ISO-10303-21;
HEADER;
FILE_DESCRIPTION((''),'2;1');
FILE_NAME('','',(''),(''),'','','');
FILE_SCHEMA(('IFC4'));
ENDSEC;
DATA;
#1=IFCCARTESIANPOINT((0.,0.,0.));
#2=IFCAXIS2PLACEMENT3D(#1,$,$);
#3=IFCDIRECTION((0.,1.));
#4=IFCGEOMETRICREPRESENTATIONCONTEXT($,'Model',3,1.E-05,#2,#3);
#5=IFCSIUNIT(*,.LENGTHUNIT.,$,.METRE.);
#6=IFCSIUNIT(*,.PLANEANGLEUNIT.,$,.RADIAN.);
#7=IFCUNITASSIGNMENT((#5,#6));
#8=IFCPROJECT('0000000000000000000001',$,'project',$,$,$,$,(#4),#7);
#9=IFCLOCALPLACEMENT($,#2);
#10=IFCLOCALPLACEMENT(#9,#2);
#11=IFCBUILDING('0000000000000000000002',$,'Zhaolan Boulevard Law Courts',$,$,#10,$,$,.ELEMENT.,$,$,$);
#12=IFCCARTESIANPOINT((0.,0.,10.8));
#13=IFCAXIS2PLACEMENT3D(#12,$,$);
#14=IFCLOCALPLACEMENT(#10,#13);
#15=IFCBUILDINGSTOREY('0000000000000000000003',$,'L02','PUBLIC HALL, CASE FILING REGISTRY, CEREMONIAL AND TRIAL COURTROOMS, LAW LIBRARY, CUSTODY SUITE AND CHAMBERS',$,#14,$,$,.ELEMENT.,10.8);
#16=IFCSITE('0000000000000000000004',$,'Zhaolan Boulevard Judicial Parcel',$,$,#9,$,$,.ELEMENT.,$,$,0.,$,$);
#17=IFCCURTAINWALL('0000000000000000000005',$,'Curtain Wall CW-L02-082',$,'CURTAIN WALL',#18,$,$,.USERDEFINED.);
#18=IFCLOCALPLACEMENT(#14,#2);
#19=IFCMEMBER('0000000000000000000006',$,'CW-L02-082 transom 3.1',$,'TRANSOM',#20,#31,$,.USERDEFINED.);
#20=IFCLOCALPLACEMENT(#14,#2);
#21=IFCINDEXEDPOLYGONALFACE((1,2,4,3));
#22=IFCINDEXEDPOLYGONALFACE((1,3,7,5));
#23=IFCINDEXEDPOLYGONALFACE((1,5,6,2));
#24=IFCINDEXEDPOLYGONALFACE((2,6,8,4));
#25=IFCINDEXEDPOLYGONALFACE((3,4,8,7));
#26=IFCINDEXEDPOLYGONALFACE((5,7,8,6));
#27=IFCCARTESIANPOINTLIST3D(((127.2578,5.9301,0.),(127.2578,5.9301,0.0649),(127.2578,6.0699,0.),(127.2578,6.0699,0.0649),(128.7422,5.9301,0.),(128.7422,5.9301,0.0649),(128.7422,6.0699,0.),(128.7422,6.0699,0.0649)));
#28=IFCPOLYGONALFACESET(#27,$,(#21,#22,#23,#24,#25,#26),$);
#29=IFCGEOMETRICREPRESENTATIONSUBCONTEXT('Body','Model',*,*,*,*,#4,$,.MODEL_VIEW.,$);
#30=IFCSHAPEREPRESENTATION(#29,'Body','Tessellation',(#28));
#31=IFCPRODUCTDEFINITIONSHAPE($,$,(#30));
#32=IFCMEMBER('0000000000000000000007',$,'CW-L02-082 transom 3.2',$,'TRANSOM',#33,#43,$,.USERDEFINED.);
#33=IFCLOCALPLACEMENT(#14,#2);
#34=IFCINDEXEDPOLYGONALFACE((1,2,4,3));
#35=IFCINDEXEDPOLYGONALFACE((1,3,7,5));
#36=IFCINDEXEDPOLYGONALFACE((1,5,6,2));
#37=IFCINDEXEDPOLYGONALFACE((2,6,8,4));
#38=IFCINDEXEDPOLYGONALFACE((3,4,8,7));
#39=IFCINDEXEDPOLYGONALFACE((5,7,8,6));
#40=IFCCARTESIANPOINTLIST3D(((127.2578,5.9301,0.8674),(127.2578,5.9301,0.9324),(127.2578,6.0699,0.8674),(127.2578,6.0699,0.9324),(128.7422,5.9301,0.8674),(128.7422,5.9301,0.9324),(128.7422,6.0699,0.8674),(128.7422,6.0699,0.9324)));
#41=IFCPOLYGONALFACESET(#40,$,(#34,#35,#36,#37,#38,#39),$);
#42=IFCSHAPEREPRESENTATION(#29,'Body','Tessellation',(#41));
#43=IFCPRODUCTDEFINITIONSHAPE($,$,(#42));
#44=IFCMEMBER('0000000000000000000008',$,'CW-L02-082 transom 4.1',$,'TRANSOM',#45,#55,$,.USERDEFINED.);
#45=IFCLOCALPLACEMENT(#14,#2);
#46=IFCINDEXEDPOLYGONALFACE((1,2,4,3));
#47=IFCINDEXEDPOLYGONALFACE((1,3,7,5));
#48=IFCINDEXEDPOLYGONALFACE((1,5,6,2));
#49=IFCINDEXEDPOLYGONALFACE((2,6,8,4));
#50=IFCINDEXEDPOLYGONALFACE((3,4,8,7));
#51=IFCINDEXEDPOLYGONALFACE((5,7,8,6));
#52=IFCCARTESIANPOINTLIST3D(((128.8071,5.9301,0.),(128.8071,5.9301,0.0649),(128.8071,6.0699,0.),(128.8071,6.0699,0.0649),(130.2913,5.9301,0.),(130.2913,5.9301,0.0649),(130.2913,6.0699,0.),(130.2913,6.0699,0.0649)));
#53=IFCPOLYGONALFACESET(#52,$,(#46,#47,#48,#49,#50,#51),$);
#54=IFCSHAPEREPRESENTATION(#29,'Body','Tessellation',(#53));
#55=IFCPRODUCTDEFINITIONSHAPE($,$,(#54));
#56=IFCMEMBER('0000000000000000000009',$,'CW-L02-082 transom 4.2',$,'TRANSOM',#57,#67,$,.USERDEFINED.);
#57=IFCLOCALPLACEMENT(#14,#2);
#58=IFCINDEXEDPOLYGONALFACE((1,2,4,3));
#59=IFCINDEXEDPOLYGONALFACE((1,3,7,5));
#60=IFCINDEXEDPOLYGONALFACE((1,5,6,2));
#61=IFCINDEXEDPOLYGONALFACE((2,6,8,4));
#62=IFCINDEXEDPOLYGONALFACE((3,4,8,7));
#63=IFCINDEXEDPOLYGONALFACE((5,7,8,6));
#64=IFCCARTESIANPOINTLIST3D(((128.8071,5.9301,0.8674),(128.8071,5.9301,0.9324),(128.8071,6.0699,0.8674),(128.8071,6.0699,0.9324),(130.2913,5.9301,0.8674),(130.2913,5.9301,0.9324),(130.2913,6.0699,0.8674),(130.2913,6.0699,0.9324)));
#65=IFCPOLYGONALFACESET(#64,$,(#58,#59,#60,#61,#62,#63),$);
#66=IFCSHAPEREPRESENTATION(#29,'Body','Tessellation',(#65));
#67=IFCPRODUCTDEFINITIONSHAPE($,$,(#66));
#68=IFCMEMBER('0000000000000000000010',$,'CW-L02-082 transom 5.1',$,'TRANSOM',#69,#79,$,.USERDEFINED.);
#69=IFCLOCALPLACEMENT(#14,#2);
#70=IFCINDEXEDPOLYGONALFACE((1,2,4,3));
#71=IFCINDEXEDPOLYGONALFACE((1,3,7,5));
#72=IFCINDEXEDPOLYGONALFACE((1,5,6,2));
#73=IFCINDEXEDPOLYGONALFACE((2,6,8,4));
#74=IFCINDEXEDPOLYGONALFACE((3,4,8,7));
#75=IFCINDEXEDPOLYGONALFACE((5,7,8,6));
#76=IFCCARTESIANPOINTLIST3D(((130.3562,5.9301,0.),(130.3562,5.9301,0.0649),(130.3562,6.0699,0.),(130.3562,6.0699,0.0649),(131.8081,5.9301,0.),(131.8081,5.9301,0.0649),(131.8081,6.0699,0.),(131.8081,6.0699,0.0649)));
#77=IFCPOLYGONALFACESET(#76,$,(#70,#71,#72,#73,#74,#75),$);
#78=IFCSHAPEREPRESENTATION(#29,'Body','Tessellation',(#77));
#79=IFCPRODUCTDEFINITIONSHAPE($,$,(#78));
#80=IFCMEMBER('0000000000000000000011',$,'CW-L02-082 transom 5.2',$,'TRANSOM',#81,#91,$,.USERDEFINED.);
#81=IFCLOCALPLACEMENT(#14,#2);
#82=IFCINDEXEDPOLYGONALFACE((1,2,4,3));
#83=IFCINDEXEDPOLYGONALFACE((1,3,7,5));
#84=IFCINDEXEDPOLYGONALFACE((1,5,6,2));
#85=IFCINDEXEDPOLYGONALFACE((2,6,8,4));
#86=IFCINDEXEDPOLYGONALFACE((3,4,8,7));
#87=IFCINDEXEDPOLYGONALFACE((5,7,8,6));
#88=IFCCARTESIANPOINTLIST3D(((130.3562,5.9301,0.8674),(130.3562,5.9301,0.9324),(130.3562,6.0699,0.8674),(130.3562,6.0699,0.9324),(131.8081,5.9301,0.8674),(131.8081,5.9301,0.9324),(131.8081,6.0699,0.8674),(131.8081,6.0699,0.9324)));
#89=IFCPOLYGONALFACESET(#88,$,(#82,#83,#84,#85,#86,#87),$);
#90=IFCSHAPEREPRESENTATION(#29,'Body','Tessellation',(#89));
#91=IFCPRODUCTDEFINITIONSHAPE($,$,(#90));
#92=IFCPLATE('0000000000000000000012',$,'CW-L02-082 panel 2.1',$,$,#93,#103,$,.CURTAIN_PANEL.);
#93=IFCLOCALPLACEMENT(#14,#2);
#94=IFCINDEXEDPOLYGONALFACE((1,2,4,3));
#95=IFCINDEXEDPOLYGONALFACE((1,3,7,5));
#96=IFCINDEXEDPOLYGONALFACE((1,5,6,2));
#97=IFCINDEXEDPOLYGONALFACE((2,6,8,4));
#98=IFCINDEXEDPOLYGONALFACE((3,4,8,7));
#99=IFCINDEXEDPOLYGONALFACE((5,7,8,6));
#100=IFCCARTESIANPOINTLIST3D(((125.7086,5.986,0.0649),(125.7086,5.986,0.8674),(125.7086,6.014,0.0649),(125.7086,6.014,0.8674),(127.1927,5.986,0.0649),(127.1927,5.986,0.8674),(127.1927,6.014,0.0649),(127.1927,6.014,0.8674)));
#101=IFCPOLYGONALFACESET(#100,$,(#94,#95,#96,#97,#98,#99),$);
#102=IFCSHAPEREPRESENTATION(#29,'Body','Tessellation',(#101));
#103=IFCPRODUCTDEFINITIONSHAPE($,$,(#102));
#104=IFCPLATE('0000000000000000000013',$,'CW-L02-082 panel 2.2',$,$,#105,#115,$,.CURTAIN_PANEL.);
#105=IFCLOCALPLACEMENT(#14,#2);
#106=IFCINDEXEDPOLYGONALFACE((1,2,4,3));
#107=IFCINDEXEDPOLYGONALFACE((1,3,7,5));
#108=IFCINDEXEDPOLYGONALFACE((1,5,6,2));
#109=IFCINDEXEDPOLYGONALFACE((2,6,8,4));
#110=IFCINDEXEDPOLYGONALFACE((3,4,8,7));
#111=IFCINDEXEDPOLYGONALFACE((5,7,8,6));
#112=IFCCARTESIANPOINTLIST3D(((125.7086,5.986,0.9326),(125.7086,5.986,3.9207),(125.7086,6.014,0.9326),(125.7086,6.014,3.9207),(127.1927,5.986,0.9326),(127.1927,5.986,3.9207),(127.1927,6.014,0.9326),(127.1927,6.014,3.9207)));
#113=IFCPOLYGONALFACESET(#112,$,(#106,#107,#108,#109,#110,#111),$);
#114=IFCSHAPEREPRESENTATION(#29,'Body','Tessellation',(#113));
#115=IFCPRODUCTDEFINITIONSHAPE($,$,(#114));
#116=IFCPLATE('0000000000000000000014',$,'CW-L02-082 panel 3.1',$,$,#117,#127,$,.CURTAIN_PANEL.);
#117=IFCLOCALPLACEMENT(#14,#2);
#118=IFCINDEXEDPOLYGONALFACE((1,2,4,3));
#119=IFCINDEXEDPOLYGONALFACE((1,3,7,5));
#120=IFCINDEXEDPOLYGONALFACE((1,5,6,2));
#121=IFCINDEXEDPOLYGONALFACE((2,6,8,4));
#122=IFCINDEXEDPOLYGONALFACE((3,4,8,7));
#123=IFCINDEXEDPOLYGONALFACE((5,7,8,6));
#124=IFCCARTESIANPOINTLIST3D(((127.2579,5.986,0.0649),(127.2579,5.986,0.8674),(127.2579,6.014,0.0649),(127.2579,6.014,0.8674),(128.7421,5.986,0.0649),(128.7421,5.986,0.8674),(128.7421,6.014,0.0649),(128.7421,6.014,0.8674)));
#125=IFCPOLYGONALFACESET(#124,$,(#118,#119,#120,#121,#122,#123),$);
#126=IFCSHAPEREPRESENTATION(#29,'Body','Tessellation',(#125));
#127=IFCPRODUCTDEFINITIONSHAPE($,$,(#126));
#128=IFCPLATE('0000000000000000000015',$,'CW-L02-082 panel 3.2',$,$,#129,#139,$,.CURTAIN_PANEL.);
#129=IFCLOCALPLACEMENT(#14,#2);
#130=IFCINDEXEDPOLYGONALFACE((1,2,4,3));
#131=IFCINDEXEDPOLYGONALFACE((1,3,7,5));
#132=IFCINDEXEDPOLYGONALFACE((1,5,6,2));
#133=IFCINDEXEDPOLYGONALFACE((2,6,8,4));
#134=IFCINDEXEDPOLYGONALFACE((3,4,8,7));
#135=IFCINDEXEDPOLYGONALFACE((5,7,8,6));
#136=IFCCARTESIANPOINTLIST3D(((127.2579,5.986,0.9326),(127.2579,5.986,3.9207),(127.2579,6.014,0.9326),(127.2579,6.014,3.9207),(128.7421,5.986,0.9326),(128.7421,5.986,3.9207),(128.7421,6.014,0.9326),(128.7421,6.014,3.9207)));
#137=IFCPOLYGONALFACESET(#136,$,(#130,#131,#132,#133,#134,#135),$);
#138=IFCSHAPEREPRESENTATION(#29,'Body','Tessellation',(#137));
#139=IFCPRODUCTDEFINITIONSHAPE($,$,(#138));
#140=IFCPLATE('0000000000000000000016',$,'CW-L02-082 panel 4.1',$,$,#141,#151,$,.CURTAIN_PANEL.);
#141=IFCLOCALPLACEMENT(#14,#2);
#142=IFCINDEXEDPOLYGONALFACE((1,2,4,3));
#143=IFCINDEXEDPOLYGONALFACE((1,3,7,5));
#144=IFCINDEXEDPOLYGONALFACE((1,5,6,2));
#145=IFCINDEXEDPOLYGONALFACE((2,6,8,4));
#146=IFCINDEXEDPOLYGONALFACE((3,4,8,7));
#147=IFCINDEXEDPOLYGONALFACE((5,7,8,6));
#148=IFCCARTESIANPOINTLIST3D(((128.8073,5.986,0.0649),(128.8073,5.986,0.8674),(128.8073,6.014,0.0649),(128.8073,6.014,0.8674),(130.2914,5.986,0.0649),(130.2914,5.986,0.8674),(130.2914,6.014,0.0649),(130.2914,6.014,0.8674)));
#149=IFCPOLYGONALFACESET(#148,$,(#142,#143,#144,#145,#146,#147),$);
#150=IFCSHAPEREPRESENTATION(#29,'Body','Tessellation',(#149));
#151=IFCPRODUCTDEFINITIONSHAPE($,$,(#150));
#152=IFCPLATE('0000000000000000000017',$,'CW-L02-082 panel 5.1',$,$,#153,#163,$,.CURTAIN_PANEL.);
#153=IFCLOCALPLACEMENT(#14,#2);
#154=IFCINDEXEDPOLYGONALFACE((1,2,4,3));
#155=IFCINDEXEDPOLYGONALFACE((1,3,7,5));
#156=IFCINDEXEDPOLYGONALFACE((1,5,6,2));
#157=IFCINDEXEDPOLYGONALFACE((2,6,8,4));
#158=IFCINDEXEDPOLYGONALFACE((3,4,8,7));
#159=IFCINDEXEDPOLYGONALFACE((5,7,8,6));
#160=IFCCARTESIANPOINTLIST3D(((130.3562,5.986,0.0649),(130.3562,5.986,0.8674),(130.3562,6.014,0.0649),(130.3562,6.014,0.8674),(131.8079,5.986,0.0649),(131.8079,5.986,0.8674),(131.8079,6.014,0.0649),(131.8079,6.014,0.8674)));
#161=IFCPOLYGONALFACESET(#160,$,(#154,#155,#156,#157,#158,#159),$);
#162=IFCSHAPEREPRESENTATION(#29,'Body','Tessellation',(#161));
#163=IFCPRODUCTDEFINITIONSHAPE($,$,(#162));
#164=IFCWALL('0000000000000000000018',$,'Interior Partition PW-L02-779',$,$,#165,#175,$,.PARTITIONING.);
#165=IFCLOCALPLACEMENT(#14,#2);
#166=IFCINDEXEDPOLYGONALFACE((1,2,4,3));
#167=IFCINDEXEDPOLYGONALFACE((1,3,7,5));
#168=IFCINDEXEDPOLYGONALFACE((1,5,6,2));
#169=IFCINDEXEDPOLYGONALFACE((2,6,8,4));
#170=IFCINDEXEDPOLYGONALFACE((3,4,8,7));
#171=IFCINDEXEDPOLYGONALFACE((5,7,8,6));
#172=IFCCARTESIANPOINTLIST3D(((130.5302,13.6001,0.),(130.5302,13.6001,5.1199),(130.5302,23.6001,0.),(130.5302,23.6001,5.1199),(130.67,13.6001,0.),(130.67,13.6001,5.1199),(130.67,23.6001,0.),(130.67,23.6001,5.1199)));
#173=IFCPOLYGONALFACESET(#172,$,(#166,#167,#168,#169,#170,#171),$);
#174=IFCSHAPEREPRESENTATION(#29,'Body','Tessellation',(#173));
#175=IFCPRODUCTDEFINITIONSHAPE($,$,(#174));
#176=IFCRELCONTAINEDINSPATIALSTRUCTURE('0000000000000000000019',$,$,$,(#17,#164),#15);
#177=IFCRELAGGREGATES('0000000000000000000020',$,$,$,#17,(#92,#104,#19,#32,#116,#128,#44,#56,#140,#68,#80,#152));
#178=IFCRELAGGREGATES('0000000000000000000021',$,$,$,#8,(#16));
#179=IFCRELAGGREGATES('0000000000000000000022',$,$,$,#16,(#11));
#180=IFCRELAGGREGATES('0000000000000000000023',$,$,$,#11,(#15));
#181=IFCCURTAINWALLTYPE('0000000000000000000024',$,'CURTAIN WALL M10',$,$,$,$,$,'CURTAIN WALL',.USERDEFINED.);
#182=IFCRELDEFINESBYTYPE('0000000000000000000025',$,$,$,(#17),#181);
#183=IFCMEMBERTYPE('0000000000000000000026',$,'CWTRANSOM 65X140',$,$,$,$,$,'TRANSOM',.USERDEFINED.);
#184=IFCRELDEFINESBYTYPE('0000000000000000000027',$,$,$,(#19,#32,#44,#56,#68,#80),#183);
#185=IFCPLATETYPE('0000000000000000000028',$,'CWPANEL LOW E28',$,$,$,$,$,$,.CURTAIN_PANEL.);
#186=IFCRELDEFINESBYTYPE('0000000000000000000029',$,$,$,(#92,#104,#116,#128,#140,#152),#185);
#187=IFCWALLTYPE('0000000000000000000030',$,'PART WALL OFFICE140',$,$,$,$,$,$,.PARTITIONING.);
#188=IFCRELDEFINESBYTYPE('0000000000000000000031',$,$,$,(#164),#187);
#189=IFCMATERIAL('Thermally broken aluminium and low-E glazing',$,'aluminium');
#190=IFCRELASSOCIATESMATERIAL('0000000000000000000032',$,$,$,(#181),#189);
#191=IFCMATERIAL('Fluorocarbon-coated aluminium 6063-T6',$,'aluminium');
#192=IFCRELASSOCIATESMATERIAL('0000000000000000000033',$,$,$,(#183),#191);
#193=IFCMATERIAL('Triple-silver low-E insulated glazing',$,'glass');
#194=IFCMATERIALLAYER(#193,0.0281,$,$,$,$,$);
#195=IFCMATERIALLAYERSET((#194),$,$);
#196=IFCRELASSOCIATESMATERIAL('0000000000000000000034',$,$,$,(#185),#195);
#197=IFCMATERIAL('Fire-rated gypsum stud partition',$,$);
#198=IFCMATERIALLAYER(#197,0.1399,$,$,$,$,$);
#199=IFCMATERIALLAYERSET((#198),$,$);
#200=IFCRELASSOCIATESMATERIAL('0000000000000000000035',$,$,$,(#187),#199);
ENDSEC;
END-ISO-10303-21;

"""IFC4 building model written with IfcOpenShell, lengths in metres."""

from ifc_helpers import new_model, si_unit, direction, frame, frame_2d, origin, origin_2d, place, context, subcontext, project, spatial, rectangle, extrude, material, layer, layer_set, material_profile, profile_set, type_object, element, aggregate, save


model = new_model("IFC4")

# Units and contexts
model_context = context("Model", 3, precision=1e-05, world=origin(), true_north=direction((0.0, 1.0)))
body_context = subcontext(model_context, "Body", "Model", "MODEL_VIEW")
ifc_project = project(units=[si_unit("LENGTHUNIT", "METRE"), si_unit("PLANEANGLEUNIT", "RADIAN")], contexts=[model_context])

# Site, building, storey
site_placement = place(None, origin())
site = spatial("IfcSite", under=ifc_project, at=site_placement, Name="Zhaolan Boulevard Judicial Parcel", CompositionType="ELEMENT", RefElevation=0.0)
building_placement = place(site_placement, origin())
building = spatial("IfcBuilding", under=site, at=building_placement, Name="Zhaolan Boulevard Law Courts", CompositionType="ELEMENT")
storey_placement = place(building_placement, frame((0.0, 0.0, 10.8)))
storey = spatial("IfcBuildingStorey", under=building, at=storey_placement, Name="L02", Description="PUBLIC HALL, CASE FILING REGISTRY, CEREMONIAL AND TRIAL COURTROOMS, LAW LIBRARY, CUSTODY SUITE AND CHAMBERS", CompositionType="ELEMENT", Elevation=10.8)

# Curtain wall, members, plates
ifc_material_1 = material(Name="Thermally broken aluminium and low-E glazing", Category="aluminium")
curtain_wall_type = type_object("IfcCurtainWallType", Name="CURTAIN WALL M10", ElementType="CURTAIN WALL", PredefinedType="USERDEFINED", material=ifc_material_1)
curtain_wall_placement = place(storey_placement, origin())
curtain_wall = element("IfcCurtainWall", 1, at=curtain_wall_placement, inside=storey, type_object=curtain_wall_type, Name="Curtain Wall CW-L02-082", ObjectType="CURTAIN WALL", PredefinedType="USERDEFINED")
ifc_material_2 = material(Name="Fluorocarbon-coated aluminium 6063-T6", Category="aluminium")
ifc_material_profile_1 = material_profile(ifc_material_2, rectangle(XDim=0.1399, YDim=0.0649, at=origin_2d()), Name="AL65x140")
ifc_profile_set_1 = profile_set([ifc_material_profile_1], Name="Fluorocarbon-coated aluminium 6063-T6")
member_type_1 = type_object("IfcMemberType", Name="CWTRANSOM 65X140", ElementType="TRANSOM", PredefinedType="USERDEFINED", material=ifc_profile_set_1)
member_1_placement = place(storey_placement, frame((127.2578, 6.0, 0.0325), z_axis=(1.0, 0.0, 0.0), x_axis=(0.0, 1.0, 0.0)))
member_1 = element("IfcMember", 2, at=member_1_placement, type_object=member_type_1, Name="CW-L02-082 transom 3.1", ObjectType="TRANSOM", PredefinedType="USERDEFINED", context=body_context, shape_type="SweptSolid", body=[
    extrude(rectangle(XDim=0.1399, YDim=0.0649, at=origin_2d()), origin(), (0.0, 0.0, 1.0), 1.4844),
])
member_2_placement = place(storey_placement, frame((127.2578, 6.0, 0.8999), z_axis=(1.0, 0.0, 0.0), x_axis=(0.0, 1.0, 0.0)))
member_2 = element("IfcMember", 3, at=member_2_placement, type_object=member_type_1, Name="CW-L02-082 transom 3.2", ObjectType="TRANSOM", PredefinedType="USERDEFINED", context=body_context, shape_type="SweptSolid", body=[
    extrude(rectangle(XDim=0.1399, YDim=0.0649, at=origin_2d()), origin(), (0.0, 0.0, 1.0), 1.4844),
])
member_3_placement = place(storey_placement, frame((128.8071, 6.0, 0.0325), z_axis=(1.0, 0.0, 0.0), x_axis=(0.0, 1.0, 0.0)))
member_3 = element("IfcMember", 4, at=member_3_placement, type_object=member_type_1, Name="CW-L02-082 transom 4.1", ObjectType="TRANSOM", PredefinedType="USERDEFINED", context=body_context, shape_type="SweptSolid", body=[
    extrude(rectangle(XDim=0.1399, YDim=0.0649, at=origin_2d()), origin(), (0.0, 0.0, 1.0), 1.4841),
])
member_4_placement = place(storey_placement, frame((128.8071, 6.0, 0.8999), z_axis=(1.0, 0.0, 0.0), x_axis=(0.0, 1.0, 0.0)))
member_4 = element("IfcMember", 5, at=member_4_placement, type_object=member_type_1, Name="CW-L02-082 transom 4.2", ObjectType="TRANSOM", PredefinedType="USERDEFINED", context=body_context, shape_type="SweptSolid", body=[
    extrude(rectangle(XDim=0.1399, YDim=0.0649, at=origin_2d()), origin(), (0.0, 0.0, 1.0), 1.4841),
])
member_5_placement = place(storey_placement, frame((130.3562, 6.0, 0.0325), z_axis=(1.0, 0.0, 0.0), x_axis=(0.0, 1.0, 0.0)))
member_5 = element("IfcMember", 6, at=member_5_placement, type_object=member_type_1, Name="CW-L02-082 transom 5.1", ObjectType="TRANSOM", PredefinedType="USERDEFINED", context=body_context, shape_type="SweptSolid", body=[
    extrude(rectangle(XDim=0.1399, YDim=0.0649, at=origin_2d()), origin(), (0.0, 0.0, 1.0), 1.4519),
])
member_6_placement = place(storey_placement, frame((130.3562, 6.0, 0.8999), z_axis=(1.0, 0.0, 0.0), x_axis=(0.0, 1.0, 0.0)))
member_6 = element("IfcMember", 7, at=member_6_placement, type_object=member_type_1, Name="CW-L02-082 transom 5.2", ObjectType="TRANSOM", PredefinedType="USERDEFINED", context=body_context, shape_type="SweptSolid", body=[
    extrude(rectangle(XDim=0.1399, YDim=0.0649, at=origin_2d()), origin(), (0.0, 0.0, 1.0), 1.4519),
])
ifc_material_3 = material(Name="Triple-silver low-E insulated glazing", Category="glass")
ifc_layer_1 = layer(ifc_material_3, 0.0281)
ifc_layer_set_1 = layer_set([ifc_layer_1])
plate_type = type_object("IfcPlateType", Name="CWPANEL LOW E28", PredefinedType="CURTAIN_PANEL", material=ifc_layer_set_1)
plate_1_placement = place(storey_placement, frame((126.4507, 6.0, 0.0649), z_axis=(0.0, 0.0, 1.0), x_axis=(1.0, 0.0, 0.0)))
plate_1 = element("IfcPlate", 8, at=plate_1_placement, type_object=plate_type, Name="CW-L02-082 panel 2.1", PredefinedType="CURTAIN_PANEL", context=body_context, shape_type="SweptSolid", body=[
    extrude(rectangle(XDim=1.4841, YDim=0.0281, at=origin_2d()), origin(), (0.0, 0.0, 1.0), 0.8025),
])
plate_2_placement = place(storey_placement, frame((126.4507, 6.0, 0.9326), z_axis=(0.0, 0.0, 1.0), x_axis=(1.0, 0.0, 0.0)))
plate_2 = element("IfcPlate", 9, at=plate_2_placement, type_object=plate_type, Name="CW-L02-082 panel 2.2", PredefinedType="CURTAIN_PANEL", context=body_context, shape_type="SweptSolid", body=[
    extrude(rectangle(XDim=1.4841, YDim=0.0281, at=origin_2d()), origin(), (0.0, 0.0, 1.0), 2.988),
])
plate_3_placement = place(storey_placement, frame((128.0, 6.0, 0.0649), z_axis=(0.0, 0.0, 1.0), x_axis=(1.0, 0.0, 0.0)))
plate_3 = element("IfcPlate", 10, at=plate_3_placement, type_object=plate_type, Name="CW-L02-082 panel 3.1", PredefinedType="CURTAIN_PANEL", context=body_context, shape_type="SweptSolid", body=[
    extrude(rectangle(XDim=1.4841, YDim=0.0281, at=origin_2d()), origin(), (0.0, 0.0, 1.0), 0.8025),
])
plate_4_placement = place(storey_placement, frame((128.0, 6.0, 0.9326), z_axis=(0.0, 0.0, 1.0), x_axis=(1.0, 0.0, 0.0)))
plate_4 = element("IfcPlate", 11, at=plate_4_placement, type_object=plate_type, Name="CW-L02-082 panel 3.2", PredefinedType="CURTAIN_PANEL", context=body_context, shape_type="SweptSolid", body=[
    extrude(rectangle(XDim=1.4841, YDim=0.0281, at=origin_2d()), origin(), (0.0, 0.0, 1.0), 2.988),
])
plate_5_placement = place(storey_placement, frame((129.5493, 6.0, 0.0649), z_axis=(0.0, 0.0, 1.0), x_axis=(1.0, 0.0, 0.0)))
plate_5 = element("IfcPlate", 12, at=plate_5_placement, type_object=plate_type, Name="CW-L02-082 panel 4.1", PredefinedType="CURTAIN_PANEL", context=body_context, shape_type="SweptSolid", body=[
    extrude(rectangle(XDim=1.4841, YDim=0.0281, at=origin_2d()), origin(), (0.0, 0.0, 1.0), 0.8025),
])
plate_6_placement = place(storey_placement, frame((131.082, 6.0, 0.0649), z_axis=(0.0, 0.0, 1.0), x_axis=(1.0, 0.0, 0.0)))
plate_6 = element("IfcPlate", 13, at=plate_6_placement, type_object=plate_type, Name="CW-L02-082 panel 5.1", PredefinedType="CURTAIN_PANEL", context=body_context, shape_type="SweptSolid", body=[
    extrude(rectangle(XDim=1.4517, YDim=0.0281, at=origin_2d()), origin(), (0.0, 0.0, 1.0), 0.8025),
])
aggregate(curtain_wall, [plate_1, plate_2, member_1, member_2, plate_3, plate_4, member_3, member_4, plate_5, member_5, member_6, plate_6])

# Wall
ifc_material_4 = material(Name="Fire-rated gypsum stud partition")
ifc_layer_2 = layer(ifc_material_4, 0.1399)
ifc_layer_set_2 = layer_set([ifc_layer_2])
wall_type = type_object("IfcWallType", Name="PART WALL OFFICE140", PredefinedType="PARTITIONING", material=ifc_layer_set_2)
wall_placement = place(storey_placement, frame((130.6001, 13.6001, 0.0), z_axis=(0.0, 0.0, 1.0), x_axis=(0.0, 1.0, 0.0)))
element("IfcWall", 14, at=wall_placement, inside=storey, type_object=wall_type, Name="Interior Partition PW-L02-779", PredefinedType="PARTITIONING", context=body_context, shape_type="SweptSolid", body=[
    extrude(rectangle(XDim=10.0, YDim=0.1399, at=frame_2d((5.0, 0.0))), origin(), (0.0, 0.0, 1.0), 5.1199),
])

save(model, "model.ifc")
